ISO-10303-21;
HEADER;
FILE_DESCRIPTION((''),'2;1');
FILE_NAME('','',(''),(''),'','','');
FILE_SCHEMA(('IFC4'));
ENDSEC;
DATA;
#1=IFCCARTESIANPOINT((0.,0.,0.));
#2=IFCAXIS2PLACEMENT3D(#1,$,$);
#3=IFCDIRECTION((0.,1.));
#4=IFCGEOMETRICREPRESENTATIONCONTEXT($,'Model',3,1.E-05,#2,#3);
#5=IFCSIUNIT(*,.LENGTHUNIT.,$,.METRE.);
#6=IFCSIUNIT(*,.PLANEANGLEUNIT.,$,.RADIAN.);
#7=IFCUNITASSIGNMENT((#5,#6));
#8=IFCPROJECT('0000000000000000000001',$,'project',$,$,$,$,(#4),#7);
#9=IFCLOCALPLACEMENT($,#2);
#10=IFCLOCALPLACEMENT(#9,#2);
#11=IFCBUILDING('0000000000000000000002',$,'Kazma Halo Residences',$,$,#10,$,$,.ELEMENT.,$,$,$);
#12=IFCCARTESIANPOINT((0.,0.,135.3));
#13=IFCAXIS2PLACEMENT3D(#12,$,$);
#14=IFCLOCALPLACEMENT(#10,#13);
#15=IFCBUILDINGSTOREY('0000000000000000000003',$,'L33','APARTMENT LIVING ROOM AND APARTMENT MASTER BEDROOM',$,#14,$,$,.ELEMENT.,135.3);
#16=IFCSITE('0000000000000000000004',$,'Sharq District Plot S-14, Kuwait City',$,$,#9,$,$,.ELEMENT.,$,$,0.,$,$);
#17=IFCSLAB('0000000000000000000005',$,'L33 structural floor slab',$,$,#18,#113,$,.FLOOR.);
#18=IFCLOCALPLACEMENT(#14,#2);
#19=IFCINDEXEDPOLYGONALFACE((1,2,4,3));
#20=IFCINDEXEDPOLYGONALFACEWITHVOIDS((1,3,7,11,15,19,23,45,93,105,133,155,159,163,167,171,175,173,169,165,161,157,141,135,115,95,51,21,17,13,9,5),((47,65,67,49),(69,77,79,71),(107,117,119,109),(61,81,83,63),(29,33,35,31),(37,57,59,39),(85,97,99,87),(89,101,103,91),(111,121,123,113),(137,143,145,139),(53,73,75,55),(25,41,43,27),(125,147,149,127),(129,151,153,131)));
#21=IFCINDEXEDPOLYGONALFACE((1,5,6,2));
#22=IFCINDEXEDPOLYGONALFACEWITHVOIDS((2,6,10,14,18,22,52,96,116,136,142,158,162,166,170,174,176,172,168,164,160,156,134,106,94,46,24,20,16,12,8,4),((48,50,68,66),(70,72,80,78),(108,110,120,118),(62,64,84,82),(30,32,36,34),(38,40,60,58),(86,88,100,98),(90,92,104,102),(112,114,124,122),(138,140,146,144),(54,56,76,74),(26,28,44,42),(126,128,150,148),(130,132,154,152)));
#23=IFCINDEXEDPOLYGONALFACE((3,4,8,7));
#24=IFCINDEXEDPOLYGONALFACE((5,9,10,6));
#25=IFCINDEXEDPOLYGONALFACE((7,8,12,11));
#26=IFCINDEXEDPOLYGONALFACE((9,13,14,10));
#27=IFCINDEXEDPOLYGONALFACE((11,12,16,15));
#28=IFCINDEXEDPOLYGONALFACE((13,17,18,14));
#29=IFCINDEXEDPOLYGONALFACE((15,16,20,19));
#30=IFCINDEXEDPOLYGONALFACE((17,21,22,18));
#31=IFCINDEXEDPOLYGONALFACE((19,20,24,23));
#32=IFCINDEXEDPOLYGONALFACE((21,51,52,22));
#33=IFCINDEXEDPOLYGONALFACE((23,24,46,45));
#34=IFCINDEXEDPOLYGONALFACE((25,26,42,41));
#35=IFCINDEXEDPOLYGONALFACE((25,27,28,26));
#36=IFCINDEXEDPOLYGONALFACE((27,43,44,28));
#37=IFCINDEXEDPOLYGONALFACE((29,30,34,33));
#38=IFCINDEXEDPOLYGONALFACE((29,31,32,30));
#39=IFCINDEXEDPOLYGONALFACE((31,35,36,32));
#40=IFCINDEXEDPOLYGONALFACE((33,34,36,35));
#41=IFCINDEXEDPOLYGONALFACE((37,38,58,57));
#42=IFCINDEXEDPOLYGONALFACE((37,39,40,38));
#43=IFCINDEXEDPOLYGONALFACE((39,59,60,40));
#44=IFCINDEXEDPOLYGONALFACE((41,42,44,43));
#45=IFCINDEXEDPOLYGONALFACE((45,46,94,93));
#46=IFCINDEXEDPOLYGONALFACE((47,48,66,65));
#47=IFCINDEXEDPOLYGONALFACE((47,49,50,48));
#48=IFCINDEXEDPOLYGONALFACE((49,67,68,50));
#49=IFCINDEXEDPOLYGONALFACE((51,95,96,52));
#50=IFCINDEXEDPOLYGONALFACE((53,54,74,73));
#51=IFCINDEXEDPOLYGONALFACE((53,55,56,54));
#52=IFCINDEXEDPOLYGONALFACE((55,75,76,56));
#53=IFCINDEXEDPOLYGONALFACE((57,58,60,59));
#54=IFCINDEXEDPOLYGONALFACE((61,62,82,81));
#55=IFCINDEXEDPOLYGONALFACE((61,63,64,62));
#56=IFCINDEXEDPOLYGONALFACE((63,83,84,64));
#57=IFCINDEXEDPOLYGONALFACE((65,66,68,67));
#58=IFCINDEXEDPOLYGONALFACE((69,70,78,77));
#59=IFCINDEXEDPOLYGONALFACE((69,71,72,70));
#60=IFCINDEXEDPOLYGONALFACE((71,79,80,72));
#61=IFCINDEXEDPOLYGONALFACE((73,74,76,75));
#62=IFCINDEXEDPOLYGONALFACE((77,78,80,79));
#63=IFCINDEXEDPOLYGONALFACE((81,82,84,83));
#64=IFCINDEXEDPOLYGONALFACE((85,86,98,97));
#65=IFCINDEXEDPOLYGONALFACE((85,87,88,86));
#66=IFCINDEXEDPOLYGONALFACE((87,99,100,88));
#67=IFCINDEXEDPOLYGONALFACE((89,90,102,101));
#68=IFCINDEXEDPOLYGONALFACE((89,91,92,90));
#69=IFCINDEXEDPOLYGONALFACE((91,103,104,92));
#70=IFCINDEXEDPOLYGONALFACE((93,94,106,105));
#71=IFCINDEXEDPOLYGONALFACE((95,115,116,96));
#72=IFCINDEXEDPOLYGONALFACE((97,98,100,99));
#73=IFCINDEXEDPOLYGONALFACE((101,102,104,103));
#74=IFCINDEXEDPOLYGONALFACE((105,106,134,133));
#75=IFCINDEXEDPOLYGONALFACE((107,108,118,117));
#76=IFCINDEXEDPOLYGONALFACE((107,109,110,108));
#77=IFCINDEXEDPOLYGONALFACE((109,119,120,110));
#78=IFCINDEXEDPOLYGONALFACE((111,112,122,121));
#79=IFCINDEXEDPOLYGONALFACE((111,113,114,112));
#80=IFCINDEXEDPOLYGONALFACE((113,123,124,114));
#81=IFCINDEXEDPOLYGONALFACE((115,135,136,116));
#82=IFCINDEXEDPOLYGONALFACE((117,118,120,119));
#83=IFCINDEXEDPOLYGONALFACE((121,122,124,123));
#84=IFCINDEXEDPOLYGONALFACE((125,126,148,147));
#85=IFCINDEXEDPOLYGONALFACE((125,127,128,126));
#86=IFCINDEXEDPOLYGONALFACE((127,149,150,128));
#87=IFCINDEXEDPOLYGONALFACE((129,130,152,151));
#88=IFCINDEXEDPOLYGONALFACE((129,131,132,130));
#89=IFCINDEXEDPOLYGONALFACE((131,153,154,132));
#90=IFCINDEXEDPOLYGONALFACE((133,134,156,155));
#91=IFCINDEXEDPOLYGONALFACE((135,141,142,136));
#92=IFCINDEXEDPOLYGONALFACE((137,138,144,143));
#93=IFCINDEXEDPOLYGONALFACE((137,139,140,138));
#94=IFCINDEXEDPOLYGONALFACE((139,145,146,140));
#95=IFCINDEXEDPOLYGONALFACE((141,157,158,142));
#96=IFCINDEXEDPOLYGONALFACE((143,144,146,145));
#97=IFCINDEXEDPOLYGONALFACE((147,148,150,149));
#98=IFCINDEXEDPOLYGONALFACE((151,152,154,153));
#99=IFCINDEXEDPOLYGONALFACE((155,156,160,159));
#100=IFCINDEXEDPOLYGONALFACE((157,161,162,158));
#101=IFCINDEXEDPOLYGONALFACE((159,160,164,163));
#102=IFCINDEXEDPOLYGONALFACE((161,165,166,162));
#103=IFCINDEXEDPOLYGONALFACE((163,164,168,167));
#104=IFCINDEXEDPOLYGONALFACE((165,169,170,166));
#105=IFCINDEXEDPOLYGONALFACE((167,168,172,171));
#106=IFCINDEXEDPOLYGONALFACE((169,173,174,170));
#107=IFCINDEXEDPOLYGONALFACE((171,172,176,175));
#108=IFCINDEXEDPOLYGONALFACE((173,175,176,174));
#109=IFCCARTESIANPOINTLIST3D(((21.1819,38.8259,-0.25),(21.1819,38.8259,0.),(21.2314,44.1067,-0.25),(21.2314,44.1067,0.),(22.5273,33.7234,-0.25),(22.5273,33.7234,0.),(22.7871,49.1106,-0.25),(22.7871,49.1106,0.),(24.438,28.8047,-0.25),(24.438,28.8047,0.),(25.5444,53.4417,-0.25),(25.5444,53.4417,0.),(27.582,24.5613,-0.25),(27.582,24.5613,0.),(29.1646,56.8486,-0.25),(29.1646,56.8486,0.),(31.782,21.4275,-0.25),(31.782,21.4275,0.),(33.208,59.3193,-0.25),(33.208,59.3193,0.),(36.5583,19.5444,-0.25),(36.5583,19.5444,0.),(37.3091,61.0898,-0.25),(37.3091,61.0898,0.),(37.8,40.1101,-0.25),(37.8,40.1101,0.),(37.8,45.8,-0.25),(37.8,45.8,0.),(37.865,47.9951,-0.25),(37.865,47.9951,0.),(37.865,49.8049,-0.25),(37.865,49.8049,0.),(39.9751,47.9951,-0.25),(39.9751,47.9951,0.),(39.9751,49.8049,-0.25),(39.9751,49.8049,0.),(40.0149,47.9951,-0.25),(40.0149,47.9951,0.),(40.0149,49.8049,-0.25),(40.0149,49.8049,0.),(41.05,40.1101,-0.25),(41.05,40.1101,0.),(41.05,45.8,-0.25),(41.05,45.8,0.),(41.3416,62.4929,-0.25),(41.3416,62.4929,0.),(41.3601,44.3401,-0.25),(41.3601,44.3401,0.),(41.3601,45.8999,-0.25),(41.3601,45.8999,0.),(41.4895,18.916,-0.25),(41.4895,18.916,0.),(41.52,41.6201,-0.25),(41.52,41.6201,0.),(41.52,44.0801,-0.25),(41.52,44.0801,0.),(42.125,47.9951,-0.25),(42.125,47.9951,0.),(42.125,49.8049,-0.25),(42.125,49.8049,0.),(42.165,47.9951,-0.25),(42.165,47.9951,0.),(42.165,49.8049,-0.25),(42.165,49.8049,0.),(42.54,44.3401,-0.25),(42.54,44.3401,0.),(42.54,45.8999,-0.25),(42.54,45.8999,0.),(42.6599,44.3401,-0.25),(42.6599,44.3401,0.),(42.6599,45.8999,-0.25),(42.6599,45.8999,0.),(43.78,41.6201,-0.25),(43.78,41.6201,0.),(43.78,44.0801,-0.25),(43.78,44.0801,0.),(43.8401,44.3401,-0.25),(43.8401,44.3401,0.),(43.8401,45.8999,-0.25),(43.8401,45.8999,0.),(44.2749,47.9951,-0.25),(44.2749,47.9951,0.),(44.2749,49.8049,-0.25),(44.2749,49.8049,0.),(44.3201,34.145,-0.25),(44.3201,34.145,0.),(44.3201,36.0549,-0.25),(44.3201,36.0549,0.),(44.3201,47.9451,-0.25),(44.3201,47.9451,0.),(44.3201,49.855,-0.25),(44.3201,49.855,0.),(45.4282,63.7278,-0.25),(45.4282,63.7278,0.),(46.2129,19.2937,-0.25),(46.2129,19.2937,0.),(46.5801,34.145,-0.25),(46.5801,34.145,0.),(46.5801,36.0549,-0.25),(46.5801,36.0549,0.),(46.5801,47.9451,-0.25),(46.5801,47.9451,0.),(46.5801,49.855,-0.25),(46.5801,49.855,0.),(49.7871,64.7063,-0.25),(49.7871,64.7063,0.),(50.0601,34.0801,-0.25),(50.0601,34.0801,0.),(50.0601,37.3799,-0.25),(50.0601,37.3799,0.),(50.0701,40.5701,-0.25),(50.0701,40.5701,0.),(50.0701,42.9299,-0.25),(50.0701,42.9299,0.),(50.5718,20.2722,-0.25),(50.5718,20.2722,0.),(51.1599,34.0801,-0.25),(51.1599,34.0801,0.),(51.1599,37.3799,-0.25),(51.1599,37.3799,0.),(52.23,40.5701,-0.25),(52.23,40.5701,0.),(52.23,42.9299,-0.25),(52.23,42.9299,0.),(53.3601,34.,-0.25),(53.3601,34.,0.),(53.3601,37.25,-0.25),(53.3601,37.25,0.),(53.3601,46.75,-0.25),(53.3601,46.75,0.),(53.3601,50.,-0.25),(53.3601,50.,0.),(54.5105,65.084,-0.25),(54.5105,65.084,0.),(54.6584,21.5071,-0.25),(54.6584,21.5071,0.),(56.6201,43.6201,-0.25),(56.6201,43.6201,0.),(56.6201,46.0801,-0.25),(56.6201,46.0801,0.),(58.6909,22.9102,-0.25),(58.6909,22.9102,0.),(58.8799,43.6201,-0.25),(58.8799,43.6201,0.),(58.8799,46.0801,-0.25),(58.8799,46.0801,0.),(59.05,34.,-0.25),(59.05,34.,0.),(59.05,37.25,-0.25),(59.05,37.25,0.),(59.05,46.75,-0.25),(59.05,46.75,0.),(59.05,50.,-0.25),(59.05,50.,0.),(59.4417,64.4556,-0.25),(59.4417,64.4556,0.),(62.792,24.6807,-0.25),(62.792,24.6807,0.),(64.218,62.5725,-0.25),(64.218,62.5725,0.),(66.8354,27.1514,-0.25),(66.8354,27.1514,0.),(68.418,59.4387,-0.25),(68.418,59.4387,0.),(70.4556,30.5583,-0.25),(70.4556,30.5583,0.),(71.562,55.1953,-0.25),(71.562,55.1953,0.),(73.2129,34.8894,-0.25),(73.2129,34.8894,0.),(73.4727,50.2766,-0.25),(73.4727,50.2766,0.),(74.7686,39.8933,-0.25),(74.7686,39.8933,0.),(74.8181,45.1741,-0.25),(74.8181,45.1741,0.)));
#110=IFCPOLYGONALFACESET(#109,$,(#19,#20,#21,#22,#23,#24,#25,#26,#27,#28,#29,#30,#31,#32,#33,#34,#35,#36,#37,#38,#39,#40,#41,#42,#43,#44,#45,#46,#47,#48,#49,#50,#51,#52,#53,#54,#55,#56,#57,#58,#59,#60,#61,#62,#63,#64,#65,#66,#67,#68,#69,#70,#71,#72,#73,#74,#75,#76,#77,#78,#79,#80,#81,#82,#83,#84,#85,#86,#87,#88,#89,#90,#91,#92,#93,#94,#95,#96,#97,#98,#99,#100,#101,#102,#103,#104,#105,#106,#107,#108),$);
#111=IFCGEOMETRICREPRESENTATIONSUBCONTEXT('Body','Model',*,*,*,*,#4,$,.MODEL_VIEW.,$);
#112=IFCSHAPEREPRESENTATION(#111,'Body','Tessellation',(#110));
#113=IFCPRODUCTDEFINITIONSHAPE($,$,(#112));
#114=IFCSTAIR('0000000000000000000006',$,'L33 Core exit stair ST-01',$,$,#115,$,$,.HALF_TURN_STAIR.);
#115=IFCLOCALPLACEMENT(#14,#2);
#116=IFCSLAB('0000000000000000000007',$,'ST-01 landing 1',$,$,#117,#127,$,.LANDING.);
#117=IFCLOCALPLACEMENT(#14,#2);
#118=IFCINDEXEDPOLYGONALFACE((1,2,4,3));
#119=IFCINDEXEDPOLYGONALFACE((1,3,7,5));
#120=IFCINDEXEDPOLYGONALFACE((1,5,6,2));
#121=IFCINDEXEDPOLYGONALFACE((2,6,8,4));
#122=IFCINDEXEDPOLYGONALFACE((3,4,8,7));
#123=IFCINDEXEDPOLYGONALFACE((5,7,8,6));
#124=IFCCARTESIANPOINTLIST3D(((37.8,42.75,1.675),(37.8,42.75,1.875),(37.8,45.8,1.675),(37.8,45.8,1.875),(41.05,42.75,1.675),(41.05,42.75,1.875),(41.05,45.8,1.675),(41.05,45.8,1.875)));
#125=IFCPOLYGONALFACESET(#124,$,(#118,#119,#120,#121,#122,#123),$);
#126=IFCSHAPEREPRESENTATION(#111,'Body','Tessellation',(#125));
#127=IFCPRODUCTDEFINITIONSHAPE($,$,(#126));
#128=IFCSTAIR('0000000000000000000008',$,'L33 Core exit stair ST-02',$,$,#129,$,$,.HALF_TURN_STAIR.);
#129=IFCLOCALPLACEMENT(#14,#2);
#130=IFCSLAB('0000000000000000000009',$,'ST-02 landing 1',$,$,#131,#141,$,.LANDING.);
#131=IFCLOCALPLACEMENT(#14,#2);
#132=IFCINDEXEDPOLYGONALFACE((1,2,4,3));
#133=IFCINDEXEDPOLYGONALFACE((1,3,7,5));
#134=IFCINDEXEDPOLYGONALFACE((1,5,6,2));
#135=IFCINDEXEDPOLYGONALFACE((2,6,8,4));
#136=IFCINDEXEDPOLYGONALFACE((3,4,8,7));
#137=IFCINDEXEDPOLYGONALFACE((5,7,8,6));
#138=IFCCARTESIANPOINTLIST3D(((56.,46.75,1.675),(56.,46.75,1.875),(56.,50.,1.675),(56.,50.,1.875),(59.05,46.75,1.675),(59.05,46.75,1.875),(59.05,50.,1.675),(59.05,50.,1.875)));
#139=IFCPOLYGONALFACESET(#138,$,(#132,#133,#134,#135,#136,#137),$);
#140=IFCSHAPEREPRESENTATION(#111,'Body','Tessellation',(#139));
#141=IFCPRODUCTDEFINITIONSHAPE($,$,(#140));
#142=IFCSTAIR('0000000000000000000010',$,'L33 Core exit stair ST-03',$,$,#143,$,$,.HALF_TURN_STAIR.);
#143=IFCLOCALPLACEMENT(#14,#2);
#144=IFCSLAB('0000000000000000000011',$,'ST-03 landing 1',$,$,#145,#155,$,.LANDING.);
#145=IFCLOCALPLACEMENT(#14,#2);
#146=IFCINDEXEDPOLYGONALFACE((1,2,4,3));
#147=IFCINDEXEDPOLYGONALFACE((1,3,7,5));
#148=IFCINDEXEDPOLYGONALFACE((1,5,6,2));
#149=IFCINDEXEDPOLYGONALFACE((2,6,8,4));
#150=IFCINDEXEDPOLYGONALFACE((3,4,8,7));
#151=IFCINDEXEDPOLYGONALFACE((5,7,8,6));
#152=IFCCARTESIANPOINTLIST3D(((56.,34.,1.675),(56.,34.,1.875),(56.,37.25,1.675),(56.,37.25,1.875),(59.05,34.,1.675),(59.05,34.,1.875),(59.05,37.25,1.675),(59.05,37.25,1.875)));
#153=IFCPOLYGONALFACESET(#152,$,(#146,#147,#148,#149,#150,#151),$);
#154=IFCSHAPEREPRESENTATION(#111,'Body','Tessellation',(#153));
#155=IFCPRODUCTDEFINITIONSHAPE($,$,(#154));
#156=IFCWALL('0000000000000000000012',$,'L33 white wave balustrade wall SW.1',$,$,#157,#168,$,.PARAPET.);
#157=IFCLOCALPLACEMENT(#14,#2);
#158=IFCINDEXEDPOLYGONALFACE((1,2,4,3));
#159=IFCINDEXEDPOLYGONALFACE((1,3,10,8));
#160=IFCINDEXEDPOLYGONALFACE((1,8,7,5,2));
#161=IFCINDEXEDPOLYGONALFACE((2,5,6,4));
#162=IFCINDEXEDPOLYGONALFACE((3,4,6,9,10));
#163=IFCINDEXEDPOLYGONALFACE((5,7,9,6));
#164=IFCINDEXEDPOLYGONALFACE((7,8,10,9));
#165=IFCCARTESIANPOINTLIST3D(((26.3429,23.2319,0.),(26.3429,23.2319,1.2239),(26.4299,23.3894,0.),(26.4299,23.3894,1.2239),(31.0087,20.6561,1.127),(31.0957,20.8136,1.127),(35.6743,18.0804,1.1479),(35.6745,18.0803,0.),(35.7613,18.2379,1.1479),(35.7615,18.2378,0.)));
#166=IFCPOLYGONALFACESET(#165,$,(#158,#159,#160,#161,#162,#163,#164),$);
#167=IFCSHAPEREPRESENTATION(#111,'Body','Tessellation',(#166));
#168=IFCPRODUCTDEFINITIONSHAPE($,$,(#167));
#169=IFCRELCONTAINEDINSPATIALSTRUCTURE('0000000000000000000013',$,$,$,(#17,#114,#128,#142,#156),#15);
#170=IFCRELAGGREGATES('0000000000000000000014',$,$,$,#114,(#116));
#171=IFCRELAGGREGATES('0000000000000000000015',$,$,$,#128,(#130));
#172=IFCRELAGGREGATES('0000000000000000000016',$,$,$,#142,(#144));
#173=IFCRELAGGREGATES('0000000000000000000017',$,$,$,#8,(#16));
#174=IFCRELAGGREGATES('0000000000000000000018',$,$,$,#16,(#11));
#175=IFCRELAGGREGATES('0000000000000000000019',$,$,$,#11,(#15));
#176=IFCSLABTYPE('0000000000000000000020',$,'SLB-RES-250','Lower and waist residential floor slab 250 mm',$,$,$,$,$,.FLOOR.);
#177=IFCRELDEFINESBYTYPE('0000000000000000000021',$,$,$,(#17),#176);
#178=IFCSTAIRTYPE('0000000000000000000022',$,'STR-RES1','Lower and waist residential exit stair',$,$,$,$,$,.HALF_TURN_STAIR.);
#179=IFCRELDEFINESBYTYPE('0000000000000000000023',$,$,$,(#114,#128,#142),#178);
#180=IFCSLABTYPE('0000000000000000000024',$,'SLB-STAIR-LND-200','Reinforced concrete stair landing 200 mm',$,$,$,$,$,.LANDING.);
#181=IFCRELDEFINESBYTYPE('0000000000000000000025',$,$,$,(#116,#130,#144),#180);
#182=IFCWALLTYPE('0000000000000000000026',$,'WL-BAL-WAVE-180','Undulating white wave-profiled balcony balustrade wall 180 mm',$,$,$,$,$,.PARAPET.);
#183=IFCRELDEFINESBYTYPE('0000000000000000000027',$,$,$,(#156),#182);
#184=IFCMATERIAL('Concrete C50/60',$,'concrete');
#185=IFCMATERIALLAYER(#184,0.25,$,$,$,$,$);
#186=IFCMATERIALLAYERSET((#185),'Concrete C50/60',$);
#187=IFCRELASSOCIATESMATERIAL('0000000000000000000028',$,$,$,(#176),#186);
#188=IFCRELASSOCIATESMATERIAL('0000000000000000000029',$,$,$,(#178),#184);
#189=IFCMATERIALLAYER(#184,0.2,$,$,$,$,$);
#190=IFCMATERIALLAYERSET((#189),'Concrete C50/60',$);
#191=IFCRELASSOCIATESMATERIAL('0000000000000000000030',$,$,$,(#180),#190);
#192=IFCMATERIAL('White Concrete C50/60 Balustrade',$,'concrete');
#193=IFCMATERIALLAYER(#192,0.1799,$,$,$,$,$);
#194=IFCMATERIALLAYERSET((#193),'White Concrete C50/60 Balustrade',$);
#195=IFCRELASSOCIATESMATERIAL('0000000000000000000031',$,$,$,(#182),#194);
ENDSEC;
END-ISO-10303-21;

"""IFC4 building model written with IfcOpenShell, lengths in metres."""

from ifc_helpers import new_model, si_unit, direction, frame, origin, place, context, subcontext, project, spatial, polyline, outline, extrude, material, layer, layer_set, type_object, element, aggregate, save


model = new_model("IFC4")

# Units and contexts
model_context = context("Model", 3, precision=1e-05, world=origin(), true_north=direction((0.0, 1.0)))
body_context = subcontext(model_context, "Body", "Model", "MODEL_VIEW")
ifc_project = project(units=[si_unit("LENGTHUNIT", "METRE"), si_unit("PLANEANGLEUNIT", "RADIAN")], contexts=[model_context])

# Site, building, storey
site_placement = place(None, origin())
site = spatial("IfcSite", under=ifc_project, at=site_placement, Name="Sharq District Plot S-14, Kuwait City", CompositionType="ELEMENT", RefElevation=0.0)
building_placement = place(site_placement, origin())
building = spatial("IfcBuilding", under=site, at=building_placement, Name="Kazma Halo Residences", CompositionType="ELEMENT")
storey_placement = place(building_placement, frame((0.0, 0.0, 135.3)))
storey = spatial("IfcBuildingStorey", under=building, at=storey_placement, Name="L33", Description="APARTMENT LIVING ROOM AND APARTMENT MASTER BEDROOM", CompositionType="ELEMENT", Elevation=135.3)

# Slab
ifc_material_1 = material(Name="Concrete C50/60", Category="concrete")
ifc_layer_1 = layer(ifc_material_1, 0.25)
ifc_layer_set_1 = layer_set([ifc_layer_1], Name="Concrete C50/60")
slab_type_1 = type_object("IfcSlabType", Name="SLB-RES-250", Description="Lower and waist residential floor slab 250 mm", PredefinedType="FLOOR", material=ifc_layer_set_1)
slab_1_placement = place(storey_placement, frame((0.0, 0.0, -0.25)))
element("IfcSlab", 1, at=slab_1_placement, inside=storey, type_object=slab_type_1, Name="L33 structural floor slab", PredefinedType="FLOOR", context=body_context, shape_type="SweptSolid", body=[
    extrude(outline(polyline([(73.4727, 50.2766), (71.562, 55.1953), (68.418, 59.4387), (64.218, 62.5725), (59.4417, 64.4556), (54.5105, 65.084), (49.7871, 64.7063), (45.4282, 63.7278), (41.3416, 62.4929), (37.3091, 61.0898), (33.208, 59.3193), (29.1646, 56.8486), (25.5444, 53.4417), (22.7871, 49.1106), (21.2314, 44.1067), (21.1819, 38.8259), (22.5273, 33.7234), (24.438, 28.8047), (27.582, 24.5613), (31.782, 21.4275), (36.5583, 19.5444), (41.4895, 18.916), (46.2129, 19.2937), (50.5718, 20.2722), (54.6584, 21.5071), (58.6909, 22.9102), (62.792, 24.6807), (66.8354, 27.1514), (70.4556, 30.5583), (73.2129, 34.8894), (74.7686, 39.8933), (74.8181, 45.1741), (73.4727, 50.2766)]), holes=[polyline([(37.8, 40.1101), (41.05, 40.1101), (41.05, 45.8), (37.8, 45.8), (37.8, 40.1101)]), polyline([(53.3601, 46.75), (59.05, 46.75), (59.05, 50.0), (53.3601, 50.0), (53.3601, 46.75)]), polyline([(53.3601, 34.0), (59.05, 34.0), (59.05, 37.25), (53.3601, 37.25), (53.3601, 34.0)]), polyline([(41.52, 41.6201), (43.78, 41.6201), (43.78, 44.0801), (41.52, 44.0801), (41.52, 41.6201)]), polyline([(56.6201, 43.6201), (58.8799, 43.6201), (58.8799, 46.0801), (56.6201, 46.0801), (56.6201, 43.6201)]), polyline([(37.865, 47.9951), (39.9751, 47.9951), (39.9751, 49.8049), (37.865, 49.8049), (37.865, 47.9951)]), polyline([(40.0149, 47.9951), (42.125, 47.9951), (42.125, 49.8049), (40.0149, 49.8049), (40.0149, 47.9951)]), polyline([(42.165, 47.9951), (44.2749, 47.9951), (44.2749, 49.8049), (42.165, 49.8049), (42.165, 47.9951)]), polyline([(44.3201, 47.9451), (46.5801, 47.9451), (46.5801, 49.855), (44.3201, 49.855), (44.3201, 47.9451)]), polyline([(44.3201, 34.145), (46.5801, 34.145), (46.5801, 36.0549), (44.3201, 36.0549), (44.3201, 34.145)]), polyline([(50.0701, 40.5701), (52.23, 40.5701), (52.23, 42.9299), (50.0701, 42.9299), (50.0701, 40.5701)]), polyline([(41.3601, 44.3401), (42.54, 44.3401), (42.54, 45.8999), (41.3601, 45.8999), (41.3601, 44.3401)]), polyline([(42.6599, 44.3401), (43.8401, 44.3401), (43.8401, 45.8999), (42.6599, 45.8999), (42.6599, 44.3401)]), polyline([(50.0601, 34.0801), (51.1599, 34.0801), (51.1599, 37.3799), (50.0601, 37.3799), (50.0601, 34.0801)])]), origin(), (0.0, 0.0, 1.0), 0.25),
])

# Stairs, slabs
stair_type = type_object("IfcStairType", Name="STR-RES1", Description="Lower and waist residential exit stair", PredefinedType="HALF_TURN_STAIR", material=ifc_material_1)
stair_1_placement = place(storey_placement, origin())
stair_1 = element("IfcStair", 2, at=stair_1_placement, inside=storey, type_object=stair_type, Name="L33 Core exit stair ST-01", PredefinedType="HALF_TURN_STAIR")
ifc_layer_2 = layer(ifc_material_1, 0.2)
ifc_layer_set_2 = layer_set([ifc_layer_2], Name="Concrete C50/60")
slab_type_2 = type_object("IfcSlabType", Name="SLB-STAIR-LND-200", Description="Reinforced concrete stair landing 200 mm", PredefinedType="LANDING", material=ifc_layer_set_2)
slab_2_placement = place(storey_placement, frame((0.0, 0.0, 1.675)))
slab_2 = element("IfcSlab", 3, at=slab_2_placement, type_object=slab_type_2, Name="ST-01 landing 1", PredefinedType="LANDING", context=body_context, shape_type="SweptSolid", body=[
    extrude(outline(polyline([(41.05, 42.75), (41.05, 45.8), (37.8, 45.8), (37.8, 42.75), (41.05, 42.75)])), origin(), (0.0, 0.0, 1.0), 0.2),
])
aggregate(stair_1, [slab_2])
stair_2_placement = place(storey_placement, origin())
stair_2 = element("IfcStair", 4, at=stair_2_placement, inside=storey, type_object=stair_type, Name="L33 Core exit stair ST-02", PredefinedType="HALF_TURN_STAIR")
slab_3_placement = place(storey_placement, frame((0.0, 0.0, 1.675)))
slab_3 = element("IfcSlab", 5, at=slab_3_placement, type_object=slab_type_2, Name="ST-02 landing 1", PredefinedType="LANDING", context=body_context, shape_type="SweptSolid", body=[
    extrude(outline(polyline([(56.0, 46.75), (59.05, 46.75), (59.05, 50.0), (56.0, 50.0), (56.0, 46.75)])), origin(), (0.0, 0.0, 1.0), 0.2),
])
aggregate(stair_2, [slab_3])
stair_3_placement = place(storey_placement, origin())
stair_3 = element("IfcStair", 6, at=stair_3_placement, inside=storey, type_object=stair_type, Name="L33 Core exit stair ST-03", PredefinedType="HALF_TURN_STAIR")
slab_4_placement = place(storey_placement, frame((0.0, 0.0, 1.675)))
slab_4 = element("IfcSlab", 7, at=slab_4_placement, type_object=slab_type_2, Name="ST-03 landing 1", PredefinedType="LANDING", context=body_context, shape_type="SweptSolid", body=[
    extrude(outline(polyline([(56.0, 34.0), (59.05, 34.0), (59.05, 37.25), (56.0, 37.25), (56.0, 34.0)])), origin(), (0.0, 0.0, 1.0), 0.2),
])
aggregate(stair_3, [slab_4])

# Wall
ifc_material_2 = material(Name="White Concrete C50/60 Balustrade", Category="concrete")
ifc_layer_3 = layer(ifc_material_2, 0.1799)
ifc_layer_set_3 = layer_set([ifc_layer_3], Name="White Concrete C50/60 Balustrade")
wall_type_1 = type_object("IfcWallType", Name="WL-BAL-WAVE-180", Description="Undulating white wave-profiled balcony balustrade wall 180 mm", PredefinedType="PARAPET", material=ifc_layer_set_3)
wall_1_placement = place(storey_placement, frame((26.3865, 23.3108, 0.0), z_axis=(0.0, 0.0, 1.0), x_axis=(0.875452, -0.483306, 0.0)))
element("IfcWall", 8, at=wall_1_placement, inside=storey, type_object=wall_type_1, Name="L33 white wave balustrade wall SW.1", PredefinedType="PARAPET", context=body_context, shape_type="SweptSolid", body=[
    extrude(outline(polyline([(0.0, 0.0), (10.6592, 0.0), (10.6589, 1.1479), (5.3296, 1.127), (0.0, 1.2239), (0.0, 0.0)])), frame((0.0, 0.0898, 0.0), z_axis=(0.0, -1.0, 0.0), x_axis=(1.0, 0.0, 0.0)), (0.0, 0.0, 1.0), 0.1799),
])

save(model, "model.ifc")
